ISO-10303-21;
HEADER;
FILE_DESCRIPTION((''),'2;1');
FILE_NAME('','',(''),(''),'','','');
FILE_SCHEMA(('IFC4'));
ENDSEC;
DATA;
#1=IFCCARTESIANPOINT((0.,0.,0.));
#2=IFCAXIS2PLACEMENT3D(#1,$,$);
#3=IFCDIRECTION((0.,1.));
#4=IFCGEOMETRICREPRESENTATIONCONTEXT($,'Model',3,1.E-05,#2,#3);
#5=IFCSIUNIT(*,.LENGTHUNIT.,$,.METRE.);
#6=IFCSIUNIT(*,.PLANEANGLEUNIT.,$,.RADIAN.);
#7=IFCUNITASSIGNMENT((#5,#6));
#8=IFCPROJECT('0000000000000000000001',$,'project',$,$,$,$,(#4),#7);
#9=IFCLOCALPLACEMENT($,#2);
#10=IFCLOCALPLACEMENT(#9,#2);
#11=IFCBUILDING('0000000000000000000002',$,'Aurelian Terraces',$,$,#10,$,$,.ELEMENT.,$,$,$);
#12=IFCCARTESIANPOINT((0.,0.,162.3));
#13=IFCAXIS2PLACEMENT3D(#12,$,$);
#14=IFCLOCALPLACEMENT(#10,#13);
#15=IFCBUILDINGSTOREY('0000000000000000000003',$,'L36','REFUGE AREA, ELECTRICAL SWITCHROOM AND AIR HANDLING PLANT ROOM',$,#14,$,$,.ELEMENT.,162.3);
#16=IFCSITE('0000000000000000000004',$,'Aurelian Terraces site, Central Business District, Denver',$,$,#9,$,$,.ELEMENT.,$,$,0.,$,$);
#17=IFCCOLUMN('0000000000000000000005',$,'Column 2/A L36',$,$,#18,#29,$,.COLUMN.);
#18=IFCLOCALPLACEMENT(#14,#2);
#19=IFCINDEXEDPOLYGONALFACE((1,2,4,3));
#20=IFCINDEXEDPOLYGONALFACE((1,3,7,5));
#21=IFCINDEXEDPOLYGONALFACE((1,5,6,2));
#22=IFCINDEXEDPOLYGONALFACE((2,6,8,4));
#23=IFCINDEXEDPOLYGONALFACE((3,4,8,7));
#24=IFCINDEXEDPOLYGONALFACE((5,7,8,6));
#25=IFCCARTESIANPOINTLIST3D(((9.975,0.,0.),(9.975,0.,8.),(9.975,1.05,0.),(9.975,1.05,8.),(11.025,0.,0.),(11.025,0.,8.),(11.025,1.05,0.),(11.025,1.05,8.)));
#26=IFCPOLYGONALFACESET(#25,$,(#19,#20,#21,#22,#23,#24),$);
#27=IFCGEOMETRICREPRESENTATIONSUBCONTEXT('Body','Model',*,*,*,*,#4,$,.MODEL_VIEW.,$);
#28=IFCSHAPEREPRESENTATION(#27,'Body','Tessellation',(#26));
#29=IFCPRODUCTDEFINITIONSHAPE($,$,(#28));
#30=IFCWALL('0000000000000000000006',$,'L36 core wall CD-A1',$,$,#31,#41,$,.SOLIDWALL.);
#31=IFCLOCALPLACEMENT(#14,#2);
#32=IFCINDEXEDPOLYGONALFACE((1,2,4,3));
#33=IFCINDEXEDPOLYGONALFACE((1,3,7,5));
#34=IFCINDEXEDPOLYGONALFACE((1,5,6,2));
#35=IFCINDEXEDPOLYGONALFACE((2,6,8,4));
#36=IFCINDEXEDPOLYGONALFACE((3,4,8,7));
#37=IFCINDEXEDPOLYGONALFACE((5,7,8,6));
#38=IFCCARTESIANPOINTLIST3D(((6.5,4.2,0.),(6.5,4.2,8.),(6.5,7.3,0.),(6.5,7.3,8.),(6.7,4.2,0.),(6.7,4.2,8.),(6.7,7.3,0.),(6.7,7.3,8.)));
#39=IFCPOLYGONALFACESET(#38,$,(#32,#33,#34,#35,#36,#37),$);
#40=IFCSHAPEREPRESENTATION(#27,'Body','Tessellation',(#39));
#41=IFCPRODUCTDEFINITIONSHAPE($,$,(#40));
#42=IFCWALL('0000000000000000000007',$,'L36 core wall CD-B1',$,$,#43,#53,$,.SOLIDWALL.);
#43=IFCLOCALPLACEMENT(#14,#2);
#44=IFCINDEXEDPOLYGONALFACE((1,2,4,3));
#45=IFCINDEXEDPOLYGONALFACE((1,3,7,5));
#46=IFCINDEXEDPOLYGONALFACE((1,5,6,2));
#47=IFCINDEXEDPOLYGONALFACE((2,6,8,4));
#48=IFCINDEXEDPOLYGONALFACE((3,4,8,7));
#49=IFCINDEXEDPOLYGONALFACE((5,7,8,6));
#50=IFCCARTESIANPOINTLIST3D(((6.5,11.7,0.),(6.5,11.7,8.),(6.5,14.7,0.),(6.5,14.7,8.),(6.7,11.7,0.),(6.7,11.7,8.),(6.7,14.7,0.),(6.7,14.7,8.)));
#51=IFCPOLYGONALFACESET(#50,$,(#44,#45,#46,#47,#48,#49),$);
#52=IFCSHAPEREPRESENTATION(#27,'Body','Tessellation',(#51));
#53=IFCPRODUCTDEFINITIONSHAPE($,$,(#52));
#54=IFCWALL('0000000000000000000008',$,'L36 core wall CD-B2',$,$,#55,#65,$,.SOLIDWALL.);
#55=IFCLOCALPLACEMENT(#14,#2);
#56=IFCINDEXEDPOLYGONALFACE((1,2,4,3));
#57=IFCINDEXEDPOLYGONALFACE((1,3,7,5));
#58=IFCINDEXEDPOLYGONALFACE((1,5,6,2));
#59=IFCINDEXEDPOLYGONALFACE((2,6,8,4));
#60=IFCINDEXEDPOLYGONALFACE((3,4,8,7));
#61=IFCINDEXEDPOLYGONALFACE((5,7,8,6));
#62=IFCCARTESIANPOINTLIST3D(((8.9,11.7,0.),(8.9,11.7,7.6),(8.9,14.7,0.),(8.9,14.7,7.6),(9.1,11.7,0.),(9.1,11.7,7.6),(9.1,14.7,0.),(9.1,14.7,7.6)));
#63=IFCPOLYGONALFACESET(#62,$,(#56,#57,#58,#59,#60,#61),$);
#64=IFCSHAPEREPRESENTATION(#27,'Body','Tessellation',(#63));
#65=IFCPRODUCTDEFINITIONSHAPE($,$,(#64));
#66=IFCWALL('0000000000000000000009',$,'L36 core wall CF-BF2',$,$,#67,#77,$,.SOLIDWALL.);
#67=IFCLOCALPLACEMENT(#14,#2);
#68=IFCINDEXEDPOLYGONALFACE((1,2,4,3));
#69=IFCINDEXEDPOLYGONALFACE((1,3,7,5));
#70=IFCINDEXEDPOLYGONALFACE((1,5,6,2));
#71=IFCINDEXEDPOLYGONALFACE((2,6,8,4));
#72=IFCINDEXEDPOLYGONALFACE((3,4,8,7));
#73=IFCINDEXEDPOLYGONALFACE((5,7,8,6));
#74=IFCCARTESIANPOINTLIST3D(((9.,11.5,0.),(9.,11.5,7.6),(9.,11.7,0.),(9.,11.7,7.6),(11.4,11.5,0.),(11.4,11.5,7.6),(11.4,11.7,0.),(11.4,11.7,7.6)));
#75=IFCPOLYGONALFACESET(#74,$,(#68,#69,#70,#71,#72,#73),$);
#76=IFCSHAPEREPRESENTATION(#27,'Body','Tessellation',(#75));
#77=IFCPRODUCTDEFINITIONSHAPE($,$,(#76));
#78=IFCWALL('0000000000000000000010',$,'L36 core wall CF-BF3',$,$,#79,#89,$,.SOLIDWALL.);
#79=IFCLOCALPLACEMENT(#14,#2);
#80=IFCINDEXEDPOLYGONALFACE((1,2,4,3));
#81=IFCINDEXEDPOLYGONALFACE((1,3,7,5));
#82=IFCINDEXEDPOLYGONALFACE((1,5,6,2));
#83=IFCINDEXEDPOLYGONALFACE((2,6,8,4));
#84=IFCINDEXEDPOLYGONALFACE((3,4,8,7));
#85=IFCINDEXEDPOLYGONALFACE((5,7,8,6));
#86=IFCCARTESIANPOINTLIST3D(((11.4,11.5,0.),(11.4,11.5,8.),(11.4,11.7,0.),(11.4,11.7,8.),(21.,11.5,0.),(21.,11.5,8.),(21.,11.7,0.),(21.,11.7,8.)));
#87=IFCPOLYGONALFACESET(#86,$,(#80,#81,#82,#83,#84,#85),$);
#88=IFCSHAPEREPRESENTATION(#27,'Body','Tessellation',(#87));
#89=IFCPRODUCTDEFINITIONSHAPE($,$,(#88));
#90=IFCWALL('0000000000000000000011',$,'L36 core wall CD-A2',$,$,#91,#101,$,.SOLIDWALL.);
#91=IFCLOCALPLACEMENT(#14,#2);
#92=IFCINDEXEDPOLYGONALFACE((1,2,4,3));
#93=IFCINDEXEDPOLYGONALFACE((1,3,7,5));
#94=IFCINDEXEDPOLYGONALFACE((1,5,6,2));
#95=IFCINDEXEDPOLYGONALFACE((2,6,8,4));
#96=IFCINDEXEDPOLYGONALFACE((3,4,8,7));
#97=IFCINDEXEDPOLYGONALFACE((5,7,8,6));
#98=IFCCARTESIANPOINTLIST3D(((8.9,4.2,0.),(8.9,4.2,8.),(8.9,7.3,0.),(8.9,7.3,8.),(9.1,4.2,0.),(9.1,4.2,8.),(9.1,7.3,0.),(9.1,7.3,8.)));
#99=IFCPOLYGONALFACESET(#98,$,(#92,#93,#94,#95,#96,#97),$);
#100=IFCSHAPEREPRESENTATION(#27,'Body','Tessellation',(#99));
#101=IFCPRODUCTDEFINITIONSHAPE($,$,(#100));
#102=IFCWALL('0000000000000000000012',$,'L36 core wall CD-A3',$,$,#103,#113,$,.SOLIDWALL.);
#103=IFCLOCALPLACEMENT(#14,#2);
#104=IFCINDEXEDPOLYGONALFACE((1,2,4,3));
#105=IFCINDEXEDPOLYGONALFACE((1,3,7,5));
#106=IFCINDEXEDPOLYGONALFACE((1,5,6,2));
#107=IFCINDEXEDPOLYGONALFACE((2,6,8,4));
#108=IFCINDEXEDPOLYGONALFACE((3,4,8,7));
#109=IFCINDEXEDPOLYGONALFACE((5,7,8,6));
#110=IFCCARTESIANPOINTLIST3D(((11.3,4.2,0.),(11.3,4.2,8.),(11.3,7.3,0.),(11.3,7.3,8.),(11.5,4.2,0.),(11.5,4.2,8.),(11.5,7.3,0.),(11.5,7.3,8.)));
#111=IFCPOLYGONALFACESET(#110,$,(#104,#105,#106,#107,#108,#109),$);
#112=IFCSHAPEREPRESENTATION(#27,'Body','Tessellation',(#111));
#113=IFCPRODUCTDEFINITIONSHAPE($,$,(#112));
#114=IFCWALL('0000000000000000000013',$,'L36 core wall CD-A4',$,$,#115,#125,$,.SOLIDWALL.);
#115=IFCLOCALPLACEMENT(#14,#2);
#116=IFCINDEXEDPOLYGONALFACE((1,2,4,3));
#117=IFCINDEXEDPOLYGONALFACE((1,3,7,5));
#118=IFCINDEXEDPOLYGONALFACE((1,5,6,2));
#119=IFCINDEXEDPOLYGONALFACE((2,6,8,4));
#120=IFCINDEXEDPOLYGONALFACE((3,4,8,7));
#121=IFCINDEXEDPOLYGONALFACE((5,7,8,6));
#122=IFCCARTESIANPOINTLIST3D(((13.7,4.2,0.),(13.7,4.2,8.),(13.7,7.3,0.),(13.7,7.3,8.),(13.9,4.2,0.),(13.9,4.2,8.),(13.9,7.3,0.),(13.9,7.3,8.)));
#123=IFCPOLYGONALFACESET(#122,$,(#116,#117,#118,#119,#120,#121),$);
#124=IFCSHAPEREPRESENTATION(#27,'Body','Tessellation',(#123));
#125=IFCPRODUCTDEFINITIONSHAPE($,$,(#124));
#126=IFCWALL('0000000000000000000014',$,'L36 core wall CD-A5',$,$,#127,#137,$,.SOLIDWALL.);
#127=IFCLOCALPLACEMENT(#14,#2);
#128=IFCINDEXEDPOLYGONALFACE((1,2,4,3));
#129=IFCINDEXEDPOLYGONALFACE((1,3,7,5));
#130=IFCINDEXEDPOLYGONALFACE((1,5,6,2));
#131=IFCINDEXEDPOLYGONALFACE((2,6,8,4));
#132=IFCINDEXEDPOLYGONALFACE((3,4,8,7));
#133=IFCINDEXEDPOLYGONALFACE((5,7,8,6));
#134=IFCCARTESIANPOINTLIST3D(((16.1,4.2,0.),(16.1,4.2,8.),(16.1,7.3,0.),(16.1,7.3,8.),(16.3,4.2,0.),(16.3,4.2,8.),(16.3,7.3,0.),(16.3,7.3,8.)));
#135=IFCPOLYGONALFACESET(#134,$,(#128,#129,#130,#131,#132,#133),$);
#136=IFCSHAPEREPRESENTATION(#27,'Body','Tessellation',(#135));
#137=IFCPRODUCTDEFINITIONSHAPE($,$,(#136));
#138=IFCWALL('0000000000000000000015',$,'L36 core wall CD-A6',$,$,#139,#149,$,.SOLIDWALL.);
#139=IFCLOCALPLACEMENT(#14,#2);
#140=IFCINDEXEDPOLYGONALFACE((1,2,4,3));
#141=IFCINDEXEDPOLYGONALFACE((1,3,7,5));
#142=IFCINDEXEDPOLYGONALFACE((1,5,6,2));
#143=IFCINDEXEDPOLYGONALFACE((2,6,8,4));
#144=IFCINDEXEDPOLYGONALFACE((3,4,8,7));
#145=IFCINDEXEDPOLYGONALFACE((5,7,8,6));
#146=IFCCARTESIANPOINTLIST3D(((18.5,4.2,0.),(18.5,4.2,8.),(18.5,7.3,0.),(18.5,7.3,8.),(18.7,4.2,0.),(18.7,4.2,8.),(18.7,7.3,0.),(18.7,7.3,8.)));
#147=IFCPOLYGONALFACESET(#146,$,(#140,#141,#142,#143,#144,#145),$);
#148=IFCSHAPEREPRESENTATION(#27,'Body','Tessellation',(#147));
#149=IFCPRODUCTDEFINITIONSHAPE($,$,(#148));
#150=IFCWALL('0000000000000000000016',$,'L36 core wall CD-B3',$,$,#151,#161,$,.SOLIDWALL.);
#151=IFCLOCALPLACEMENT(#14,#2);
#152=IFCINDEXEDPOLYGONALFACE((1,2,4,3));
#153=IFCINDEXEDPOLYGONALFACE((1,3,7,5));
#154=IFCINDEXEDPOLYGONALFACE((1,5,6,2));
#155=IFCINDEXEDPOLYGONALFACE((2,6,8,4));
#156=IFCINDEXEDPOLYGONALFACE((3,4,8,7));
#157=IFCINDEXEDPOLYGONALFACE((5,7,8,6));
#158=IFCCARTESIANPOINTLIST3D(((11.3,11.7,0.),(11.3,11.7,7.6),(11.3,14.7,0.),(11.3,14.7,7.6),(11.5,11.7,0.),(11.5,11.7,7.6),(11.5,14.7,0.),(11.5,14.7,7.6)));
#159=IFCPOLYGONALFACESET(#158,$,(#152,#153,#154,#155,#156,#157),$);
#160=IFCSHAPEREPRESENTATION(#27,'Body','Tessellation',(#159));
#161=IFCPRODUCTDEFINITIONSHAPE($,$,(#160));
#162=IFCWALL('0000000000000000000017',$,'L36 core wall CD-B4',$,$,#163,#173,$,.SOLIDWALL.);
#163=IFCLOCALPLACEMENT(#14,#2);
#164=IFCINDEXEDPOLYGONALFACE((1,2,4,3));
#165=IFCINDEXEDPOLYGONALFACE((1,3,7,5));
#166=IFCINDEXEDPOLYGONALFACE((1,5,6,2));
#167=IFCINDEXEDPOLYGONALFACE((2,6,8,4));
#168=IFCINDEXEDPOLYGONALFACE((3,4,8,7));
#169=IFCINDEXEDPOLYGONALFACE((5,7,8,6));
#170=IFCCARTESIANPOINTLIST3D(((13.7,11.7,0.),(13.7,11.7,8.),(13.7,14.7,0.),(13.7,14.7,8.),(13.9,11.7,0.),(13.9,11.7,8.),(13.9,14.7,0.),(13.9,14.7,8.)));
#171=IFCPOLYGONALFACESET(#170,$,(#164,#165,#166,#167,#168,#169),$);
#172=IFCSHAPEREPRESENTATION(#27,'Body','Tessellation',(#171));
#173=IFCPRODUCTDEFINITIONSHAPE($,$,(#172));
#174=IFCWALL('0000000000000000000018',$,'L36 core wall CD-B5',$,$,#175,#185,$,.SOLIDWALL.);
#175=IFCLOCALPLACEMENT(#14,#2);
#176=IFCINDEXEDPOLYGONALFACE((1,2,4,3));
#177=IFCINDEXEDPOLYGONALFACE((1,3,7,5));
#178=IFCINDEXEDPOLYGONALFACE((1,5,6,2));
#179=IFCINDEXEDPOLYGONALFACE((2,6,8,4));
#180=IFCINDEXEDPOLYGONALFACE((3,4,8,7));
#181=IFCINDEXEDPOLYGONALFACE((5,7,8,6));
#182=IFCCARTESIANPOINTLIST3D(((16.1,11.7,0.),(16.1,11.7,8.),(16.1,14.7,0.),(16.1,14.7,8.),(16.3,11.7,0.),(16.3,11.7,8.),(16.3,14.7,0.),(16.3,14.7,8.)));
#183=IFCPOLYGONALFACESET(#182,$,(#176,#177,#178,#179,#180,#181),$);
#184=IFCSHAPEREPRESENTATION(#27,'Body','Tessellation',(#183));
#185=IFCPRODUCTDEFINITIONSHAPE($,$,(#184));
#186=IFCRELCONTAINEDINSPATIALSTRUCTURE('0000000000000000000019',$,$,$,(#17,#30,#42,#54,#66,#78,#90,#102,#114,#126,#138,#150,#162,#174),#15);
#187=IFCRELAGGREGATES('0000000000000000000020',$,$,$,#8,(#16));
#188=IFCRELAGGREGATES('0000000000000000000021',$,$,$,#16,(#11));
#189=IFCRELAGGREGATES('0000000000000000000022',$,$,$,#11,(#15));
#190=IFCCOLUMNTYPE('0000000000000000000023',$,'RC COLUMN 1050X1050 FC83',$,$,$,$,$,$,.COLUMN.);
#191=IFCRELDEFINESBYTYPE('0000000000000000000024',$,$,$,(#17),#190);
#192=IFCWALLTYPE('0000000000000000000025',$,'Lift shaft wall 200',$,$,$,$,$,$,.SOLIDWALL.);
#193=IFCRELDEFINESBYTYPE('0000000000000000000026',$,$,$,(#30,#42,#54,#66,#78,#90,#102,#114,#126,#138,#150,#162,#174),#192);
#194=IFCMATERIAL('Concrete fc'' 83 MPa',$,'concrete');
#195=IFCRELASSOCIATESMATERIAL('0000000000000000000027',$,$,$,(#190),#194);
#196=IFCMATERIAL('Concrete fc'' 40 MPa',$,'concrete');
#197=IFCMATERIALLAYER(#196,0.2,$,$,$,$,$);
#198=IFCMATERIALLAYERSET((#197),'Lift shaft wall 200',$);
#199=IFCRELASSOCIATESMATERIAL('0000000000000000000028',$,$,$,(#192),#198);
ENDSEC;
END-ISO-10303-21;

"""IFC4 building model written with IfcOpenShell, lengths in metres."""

from ifc_helpers import new_model, si_unit, direction, frame, frame_2d, origin, origin_2d, place, context, subcontext, project, spatial, rectangle, extrude, source, transform, mapped, material, layer, layer_set, material_profile, profile_set, type_object, element, save


model = new_model("IFC4")

# Units and contexts
model_context = context("Model", 3, precision=1e-05, world=origin(), true_north=direction((0.0, 1.0)))
body_context = subcontext(model_context, "Body", "Model", "MODEL_VIEW")
ifc_project = project(units=[si_unit("LENGTHUNIT", "METRE"), si_unit("PLANEANGLEUNIT", "RADIAN")], contexts=[model_context])

# Site, building, storey
site_placement = place(None, origin())
site = spatial("IfcSite", under=ifc_project, at=site_placement, Name="Aurelian Terraces site, Central Business District, Denver", CompositionType="ELEMENT", RefElevation=0.0)
building_placement = place(site_placement, origin())
building = spatial("IfcBuilding", under=site, at=building_placement, Name="Aurelian Terraces", CompositionType="ELEMENT")
storey_placement = place(building_placement, frame((0.0, 0.0, 162.3)))
storey = spatial("IfcBuildingStorey", under=building, at=storey_placement, Name="L36", Description="REFUGE AREA, ELECTRICAL SWITCHROOM AND AIR HANDLING PLANT ROOM", CompositionType="ELEMENT", Elevation=162.3)

# Column
ifc_material_1 = material(Name="Concrete fc' 83 MPa", Category="concrete")
ifc_material_profile = material_profile(ifc_material_1, rectangle(XDim=1.05, YDim=1.05, at=origin_2d()))
ifc_profile_set = profile_set([ifc_material_profile], Name="Concrete fc' 83 MPa")
column_type = type_object("IfcColumnType", Name="RC COLUMN 1050X1050 FC83", PredefinedType="COLUMN", material=ifc_profile_set)
column_placement = place(storey_placement, frame((10.5, 0.525, 0.0), z_axis=(0.0, 0.0, 1.0), x_axis=(1.0, 0.0, 0.0)))
element("IfcColumn", 1, at=column_placement, inside=storey, type_object=column_type, Name="Column 2/A L36", PredefinedType="COLUMN", context=body_context, shape_type="SweptSolid", body=[
    extrude(rectangle(XDim=1.05, YDim=1.05, at=origin_2d()), origin(), (0.0, 0.0, 1.0), 8.0),
])

# Walls
ifc_material_2 = material(Name="Concrete fc' 40 MPa", Category="concrete")
ifc_layer = layer(ifc_material_2, 0.2)
ifc_layer_set = layer_set([ifc_layer], Name="Lift shaft wall 200")
wall_type = type_object("IfcWallType", Name="Lift shaft wall 200", PredefinedType="SOLIDWALL", material=ifc_layer_set)
wall_1_placement = place(storey_placement, frame((6.6, 4.2, 0.0), z_axis=(0.0, 0.0, 1.0), x_axis=(0.0, 1.0, 0.0)))
element("IfcWall", 2, at=wall_1_placement, inside=storey, type_object=wall_type, Name="L36 core wall CD-A1", PredefinedType="SOLIDWALL", context=body_context, shape_type="SweptSolid", body=[
    extrude(rectangle(XDim=3.1, YDim=0.2, at=frame_2d((1.55, 0.0))), origin(), (0.0, 0.0, 1.0), 8.0),
])
wall_2_placement = place(storey_placement, frame((6.6, 11.7, 0.0), z_axis=(0.0, 0.0, 1.0), x_axis=(0.0, 1.0, 0.0)))
element("IfcWall", 3, at=wall_2_placement, inside=storey, type_object=wall_type, Name="L36 core wall CD-B1", PredefinedType="SOLIDWALL", context=body_context, shape_type="SweptSolid", body=[
    extrude(rectangle(XDim=3.0, YDim=0.2, at=frame_2d((1.5, 0.0))), origin(), (0.0, 0.0, 1.0), 8.0),
])
wall_3_placement = place(storey_placement, frame((9.0, 11.7, 0.0), z_axis=(0.0, 0.0, 1.0), x_axis=(0.0, 1.0, 0.0)))
element("IfcWall", 4, at=wall_3_placement, inside=storey, type_object=wall_type, Name="L36 core wall CD-B2", PredefinedType="SOLIDWALL", context=body_context, shape_type="SweptSolid", body=[
    extrude(rectangle(XDim=3.0, YDim=0.2, at=frame_2d((1.5, 0.0))), origin(), (0.0, 0.0, 1.0), 7.6),
])
wall_4_placement = place(storey_placement, frame((9.0, 11.6, 0.0), z_axis=(0.0, 0.0, 1.0), x_axis=(1.0, 0.0, 0.0)))
element("IfcWall", 5, at=wall_4_placement, inside=storey, type_object=wall_type, Name="L36 core wall CF-BF2", PredefinedType="SOLIDWALL", context=body_context, shape_type="SweptSolid", body=[
    extrude(rectangle(XDim=2.4, YDim=0.2, at=frame_2d((1.2, 0.0))), origin(), (0.0, 0.0, 1.0), 7.6),
])
wall_5_placement = place(storey_placement, frame((11.4, 11.6, 0.0), z_axis=(0.0, 0.0, 1.0), x_axis=(1.0, 0.0, 0.0)))
element("IfcWall", 6, at=wall_5_placement, inside=storey, type_object=wall_type, Name="L36 core wall CF-BF3", PredefinedType="SOLIDWALL", context=body_context, shape_type="SweptSolid", body=[
    extrude(rectangle(XDim=9.6, YDim=0.2, at=frame_2d((4.8, 0.0))), origin(), (0.0, 0.0, 1.0), 8.0),
])
shared_shape_1 = source(origin(), body_context, "Body", "SweptSolid", [
    extrude(rectangle(XDim=3.1, YDim=0.2, at=frame_2d((1.55, 0.0))), origin(), (0.0, 0.0, 1.0), 8.0),
])
for number, where, z_axis, x_axis, name in (
    (7, (9.0, 4.2, 0.0), (0.0, 0.0, 1.0), (0.0, 1.0, 0.0), "L36 core wall CD-A2"),
    (8, (11.4, 4.2, 0.0), (0.0, 0.0, 1.0), (0.0, 1.0, 0.0), "L36 core wall CD-A3"),
    (9, (13.8, 4.2, 0.0), (0.0, 0.0, 1.0), (0.0, 1.0, 0.0), "L36 core wall CD-A4"),
    (10, (16.2, 4.2, 0.0), (0.0, 0.0, 1.0), (0.0, 1.0, 0.0), "L36 core wall CD-A5"),
    (11, (18.6, 4.2, 0.0), (0.0, 0.0, 1.0), (0.0, 1.0, 0.0), "L36 core wall CD-A6"),
):
    element("IfcWall", number, at=place(storey_placement, frame(where, z_axis=z_axis, x_axis=x_axis)), inside=storey, type_object=wall_type, Name=name, PredefinedType="SOLIDWALL", context=body_context, shape_type="MappedRepresentation", body=[
        mapped(shared_shape_1, transform((0.0, 0.0, 0.0), scale=1.0)),
    ])
shared_shape_2 = source(origin(), body_context, "Body", "SweptSolid", [
    extrude(rectangle(XDim=3.0, YDim=0.2, at=frame_2d((1.5, 0.0))), origin(), (0.0, 0.0, 1.0), 7.6),
])
wall_6_placement = place(storey_placement, frame((11.4, 11.7, 0.0), z_axis=(0.0, 0.0, 1.0), x_axis=(0.0, 1.0, 0.0)))
element("IfcWall", 12, at=wall_6_placement, inside=storey, type_object=wall_type, Name="L36 core wall CD-B3", PredefinedType="SOLIDWALL", context=body_context, shape_type="MappedRepresentation", body=[
    mapped(shared_shape_2, transform((0.0, 0.0, 0.0), scale=1.0)),
])
shared_shape_3 = source(origin(), body_context, "Body", "SweptSolid", [
    extrude(rectangle(XDim=3.0, YDim=0.2, at=frame_2d((1.5, 0.0))), origin(), (0.0, 0.0, 1.0), 8.0),
])
for number, where, z_axis, x_axis, name in (
    (13, (13.8, 11.7, 0.0), (0.0, 0.0, 1.0), (0.0, 1.0, 0.0), "L36 core wall CD-B4"),
    (14, (16.2, 11.7, 0.0), (0.0, 0.0, 1.0), (0.0, 1.0, 0.0), "L36 core wall CD-B5"),
):
    element("IfcWall", number, at=place(storey_placement, frame(where, z_axis=z_axis, x_axis=x_axis)), inside=storey, type_object=wall_type, Name=name, PredefinedType="SOLIDWALL", context=body_context, shape_type="MappedRepresentation", body=[
        mapped(shared_shape_3, transform((0.0, 0.0, 0.0), scale=1.0)),
    ])

save(model, "model.ifc")
